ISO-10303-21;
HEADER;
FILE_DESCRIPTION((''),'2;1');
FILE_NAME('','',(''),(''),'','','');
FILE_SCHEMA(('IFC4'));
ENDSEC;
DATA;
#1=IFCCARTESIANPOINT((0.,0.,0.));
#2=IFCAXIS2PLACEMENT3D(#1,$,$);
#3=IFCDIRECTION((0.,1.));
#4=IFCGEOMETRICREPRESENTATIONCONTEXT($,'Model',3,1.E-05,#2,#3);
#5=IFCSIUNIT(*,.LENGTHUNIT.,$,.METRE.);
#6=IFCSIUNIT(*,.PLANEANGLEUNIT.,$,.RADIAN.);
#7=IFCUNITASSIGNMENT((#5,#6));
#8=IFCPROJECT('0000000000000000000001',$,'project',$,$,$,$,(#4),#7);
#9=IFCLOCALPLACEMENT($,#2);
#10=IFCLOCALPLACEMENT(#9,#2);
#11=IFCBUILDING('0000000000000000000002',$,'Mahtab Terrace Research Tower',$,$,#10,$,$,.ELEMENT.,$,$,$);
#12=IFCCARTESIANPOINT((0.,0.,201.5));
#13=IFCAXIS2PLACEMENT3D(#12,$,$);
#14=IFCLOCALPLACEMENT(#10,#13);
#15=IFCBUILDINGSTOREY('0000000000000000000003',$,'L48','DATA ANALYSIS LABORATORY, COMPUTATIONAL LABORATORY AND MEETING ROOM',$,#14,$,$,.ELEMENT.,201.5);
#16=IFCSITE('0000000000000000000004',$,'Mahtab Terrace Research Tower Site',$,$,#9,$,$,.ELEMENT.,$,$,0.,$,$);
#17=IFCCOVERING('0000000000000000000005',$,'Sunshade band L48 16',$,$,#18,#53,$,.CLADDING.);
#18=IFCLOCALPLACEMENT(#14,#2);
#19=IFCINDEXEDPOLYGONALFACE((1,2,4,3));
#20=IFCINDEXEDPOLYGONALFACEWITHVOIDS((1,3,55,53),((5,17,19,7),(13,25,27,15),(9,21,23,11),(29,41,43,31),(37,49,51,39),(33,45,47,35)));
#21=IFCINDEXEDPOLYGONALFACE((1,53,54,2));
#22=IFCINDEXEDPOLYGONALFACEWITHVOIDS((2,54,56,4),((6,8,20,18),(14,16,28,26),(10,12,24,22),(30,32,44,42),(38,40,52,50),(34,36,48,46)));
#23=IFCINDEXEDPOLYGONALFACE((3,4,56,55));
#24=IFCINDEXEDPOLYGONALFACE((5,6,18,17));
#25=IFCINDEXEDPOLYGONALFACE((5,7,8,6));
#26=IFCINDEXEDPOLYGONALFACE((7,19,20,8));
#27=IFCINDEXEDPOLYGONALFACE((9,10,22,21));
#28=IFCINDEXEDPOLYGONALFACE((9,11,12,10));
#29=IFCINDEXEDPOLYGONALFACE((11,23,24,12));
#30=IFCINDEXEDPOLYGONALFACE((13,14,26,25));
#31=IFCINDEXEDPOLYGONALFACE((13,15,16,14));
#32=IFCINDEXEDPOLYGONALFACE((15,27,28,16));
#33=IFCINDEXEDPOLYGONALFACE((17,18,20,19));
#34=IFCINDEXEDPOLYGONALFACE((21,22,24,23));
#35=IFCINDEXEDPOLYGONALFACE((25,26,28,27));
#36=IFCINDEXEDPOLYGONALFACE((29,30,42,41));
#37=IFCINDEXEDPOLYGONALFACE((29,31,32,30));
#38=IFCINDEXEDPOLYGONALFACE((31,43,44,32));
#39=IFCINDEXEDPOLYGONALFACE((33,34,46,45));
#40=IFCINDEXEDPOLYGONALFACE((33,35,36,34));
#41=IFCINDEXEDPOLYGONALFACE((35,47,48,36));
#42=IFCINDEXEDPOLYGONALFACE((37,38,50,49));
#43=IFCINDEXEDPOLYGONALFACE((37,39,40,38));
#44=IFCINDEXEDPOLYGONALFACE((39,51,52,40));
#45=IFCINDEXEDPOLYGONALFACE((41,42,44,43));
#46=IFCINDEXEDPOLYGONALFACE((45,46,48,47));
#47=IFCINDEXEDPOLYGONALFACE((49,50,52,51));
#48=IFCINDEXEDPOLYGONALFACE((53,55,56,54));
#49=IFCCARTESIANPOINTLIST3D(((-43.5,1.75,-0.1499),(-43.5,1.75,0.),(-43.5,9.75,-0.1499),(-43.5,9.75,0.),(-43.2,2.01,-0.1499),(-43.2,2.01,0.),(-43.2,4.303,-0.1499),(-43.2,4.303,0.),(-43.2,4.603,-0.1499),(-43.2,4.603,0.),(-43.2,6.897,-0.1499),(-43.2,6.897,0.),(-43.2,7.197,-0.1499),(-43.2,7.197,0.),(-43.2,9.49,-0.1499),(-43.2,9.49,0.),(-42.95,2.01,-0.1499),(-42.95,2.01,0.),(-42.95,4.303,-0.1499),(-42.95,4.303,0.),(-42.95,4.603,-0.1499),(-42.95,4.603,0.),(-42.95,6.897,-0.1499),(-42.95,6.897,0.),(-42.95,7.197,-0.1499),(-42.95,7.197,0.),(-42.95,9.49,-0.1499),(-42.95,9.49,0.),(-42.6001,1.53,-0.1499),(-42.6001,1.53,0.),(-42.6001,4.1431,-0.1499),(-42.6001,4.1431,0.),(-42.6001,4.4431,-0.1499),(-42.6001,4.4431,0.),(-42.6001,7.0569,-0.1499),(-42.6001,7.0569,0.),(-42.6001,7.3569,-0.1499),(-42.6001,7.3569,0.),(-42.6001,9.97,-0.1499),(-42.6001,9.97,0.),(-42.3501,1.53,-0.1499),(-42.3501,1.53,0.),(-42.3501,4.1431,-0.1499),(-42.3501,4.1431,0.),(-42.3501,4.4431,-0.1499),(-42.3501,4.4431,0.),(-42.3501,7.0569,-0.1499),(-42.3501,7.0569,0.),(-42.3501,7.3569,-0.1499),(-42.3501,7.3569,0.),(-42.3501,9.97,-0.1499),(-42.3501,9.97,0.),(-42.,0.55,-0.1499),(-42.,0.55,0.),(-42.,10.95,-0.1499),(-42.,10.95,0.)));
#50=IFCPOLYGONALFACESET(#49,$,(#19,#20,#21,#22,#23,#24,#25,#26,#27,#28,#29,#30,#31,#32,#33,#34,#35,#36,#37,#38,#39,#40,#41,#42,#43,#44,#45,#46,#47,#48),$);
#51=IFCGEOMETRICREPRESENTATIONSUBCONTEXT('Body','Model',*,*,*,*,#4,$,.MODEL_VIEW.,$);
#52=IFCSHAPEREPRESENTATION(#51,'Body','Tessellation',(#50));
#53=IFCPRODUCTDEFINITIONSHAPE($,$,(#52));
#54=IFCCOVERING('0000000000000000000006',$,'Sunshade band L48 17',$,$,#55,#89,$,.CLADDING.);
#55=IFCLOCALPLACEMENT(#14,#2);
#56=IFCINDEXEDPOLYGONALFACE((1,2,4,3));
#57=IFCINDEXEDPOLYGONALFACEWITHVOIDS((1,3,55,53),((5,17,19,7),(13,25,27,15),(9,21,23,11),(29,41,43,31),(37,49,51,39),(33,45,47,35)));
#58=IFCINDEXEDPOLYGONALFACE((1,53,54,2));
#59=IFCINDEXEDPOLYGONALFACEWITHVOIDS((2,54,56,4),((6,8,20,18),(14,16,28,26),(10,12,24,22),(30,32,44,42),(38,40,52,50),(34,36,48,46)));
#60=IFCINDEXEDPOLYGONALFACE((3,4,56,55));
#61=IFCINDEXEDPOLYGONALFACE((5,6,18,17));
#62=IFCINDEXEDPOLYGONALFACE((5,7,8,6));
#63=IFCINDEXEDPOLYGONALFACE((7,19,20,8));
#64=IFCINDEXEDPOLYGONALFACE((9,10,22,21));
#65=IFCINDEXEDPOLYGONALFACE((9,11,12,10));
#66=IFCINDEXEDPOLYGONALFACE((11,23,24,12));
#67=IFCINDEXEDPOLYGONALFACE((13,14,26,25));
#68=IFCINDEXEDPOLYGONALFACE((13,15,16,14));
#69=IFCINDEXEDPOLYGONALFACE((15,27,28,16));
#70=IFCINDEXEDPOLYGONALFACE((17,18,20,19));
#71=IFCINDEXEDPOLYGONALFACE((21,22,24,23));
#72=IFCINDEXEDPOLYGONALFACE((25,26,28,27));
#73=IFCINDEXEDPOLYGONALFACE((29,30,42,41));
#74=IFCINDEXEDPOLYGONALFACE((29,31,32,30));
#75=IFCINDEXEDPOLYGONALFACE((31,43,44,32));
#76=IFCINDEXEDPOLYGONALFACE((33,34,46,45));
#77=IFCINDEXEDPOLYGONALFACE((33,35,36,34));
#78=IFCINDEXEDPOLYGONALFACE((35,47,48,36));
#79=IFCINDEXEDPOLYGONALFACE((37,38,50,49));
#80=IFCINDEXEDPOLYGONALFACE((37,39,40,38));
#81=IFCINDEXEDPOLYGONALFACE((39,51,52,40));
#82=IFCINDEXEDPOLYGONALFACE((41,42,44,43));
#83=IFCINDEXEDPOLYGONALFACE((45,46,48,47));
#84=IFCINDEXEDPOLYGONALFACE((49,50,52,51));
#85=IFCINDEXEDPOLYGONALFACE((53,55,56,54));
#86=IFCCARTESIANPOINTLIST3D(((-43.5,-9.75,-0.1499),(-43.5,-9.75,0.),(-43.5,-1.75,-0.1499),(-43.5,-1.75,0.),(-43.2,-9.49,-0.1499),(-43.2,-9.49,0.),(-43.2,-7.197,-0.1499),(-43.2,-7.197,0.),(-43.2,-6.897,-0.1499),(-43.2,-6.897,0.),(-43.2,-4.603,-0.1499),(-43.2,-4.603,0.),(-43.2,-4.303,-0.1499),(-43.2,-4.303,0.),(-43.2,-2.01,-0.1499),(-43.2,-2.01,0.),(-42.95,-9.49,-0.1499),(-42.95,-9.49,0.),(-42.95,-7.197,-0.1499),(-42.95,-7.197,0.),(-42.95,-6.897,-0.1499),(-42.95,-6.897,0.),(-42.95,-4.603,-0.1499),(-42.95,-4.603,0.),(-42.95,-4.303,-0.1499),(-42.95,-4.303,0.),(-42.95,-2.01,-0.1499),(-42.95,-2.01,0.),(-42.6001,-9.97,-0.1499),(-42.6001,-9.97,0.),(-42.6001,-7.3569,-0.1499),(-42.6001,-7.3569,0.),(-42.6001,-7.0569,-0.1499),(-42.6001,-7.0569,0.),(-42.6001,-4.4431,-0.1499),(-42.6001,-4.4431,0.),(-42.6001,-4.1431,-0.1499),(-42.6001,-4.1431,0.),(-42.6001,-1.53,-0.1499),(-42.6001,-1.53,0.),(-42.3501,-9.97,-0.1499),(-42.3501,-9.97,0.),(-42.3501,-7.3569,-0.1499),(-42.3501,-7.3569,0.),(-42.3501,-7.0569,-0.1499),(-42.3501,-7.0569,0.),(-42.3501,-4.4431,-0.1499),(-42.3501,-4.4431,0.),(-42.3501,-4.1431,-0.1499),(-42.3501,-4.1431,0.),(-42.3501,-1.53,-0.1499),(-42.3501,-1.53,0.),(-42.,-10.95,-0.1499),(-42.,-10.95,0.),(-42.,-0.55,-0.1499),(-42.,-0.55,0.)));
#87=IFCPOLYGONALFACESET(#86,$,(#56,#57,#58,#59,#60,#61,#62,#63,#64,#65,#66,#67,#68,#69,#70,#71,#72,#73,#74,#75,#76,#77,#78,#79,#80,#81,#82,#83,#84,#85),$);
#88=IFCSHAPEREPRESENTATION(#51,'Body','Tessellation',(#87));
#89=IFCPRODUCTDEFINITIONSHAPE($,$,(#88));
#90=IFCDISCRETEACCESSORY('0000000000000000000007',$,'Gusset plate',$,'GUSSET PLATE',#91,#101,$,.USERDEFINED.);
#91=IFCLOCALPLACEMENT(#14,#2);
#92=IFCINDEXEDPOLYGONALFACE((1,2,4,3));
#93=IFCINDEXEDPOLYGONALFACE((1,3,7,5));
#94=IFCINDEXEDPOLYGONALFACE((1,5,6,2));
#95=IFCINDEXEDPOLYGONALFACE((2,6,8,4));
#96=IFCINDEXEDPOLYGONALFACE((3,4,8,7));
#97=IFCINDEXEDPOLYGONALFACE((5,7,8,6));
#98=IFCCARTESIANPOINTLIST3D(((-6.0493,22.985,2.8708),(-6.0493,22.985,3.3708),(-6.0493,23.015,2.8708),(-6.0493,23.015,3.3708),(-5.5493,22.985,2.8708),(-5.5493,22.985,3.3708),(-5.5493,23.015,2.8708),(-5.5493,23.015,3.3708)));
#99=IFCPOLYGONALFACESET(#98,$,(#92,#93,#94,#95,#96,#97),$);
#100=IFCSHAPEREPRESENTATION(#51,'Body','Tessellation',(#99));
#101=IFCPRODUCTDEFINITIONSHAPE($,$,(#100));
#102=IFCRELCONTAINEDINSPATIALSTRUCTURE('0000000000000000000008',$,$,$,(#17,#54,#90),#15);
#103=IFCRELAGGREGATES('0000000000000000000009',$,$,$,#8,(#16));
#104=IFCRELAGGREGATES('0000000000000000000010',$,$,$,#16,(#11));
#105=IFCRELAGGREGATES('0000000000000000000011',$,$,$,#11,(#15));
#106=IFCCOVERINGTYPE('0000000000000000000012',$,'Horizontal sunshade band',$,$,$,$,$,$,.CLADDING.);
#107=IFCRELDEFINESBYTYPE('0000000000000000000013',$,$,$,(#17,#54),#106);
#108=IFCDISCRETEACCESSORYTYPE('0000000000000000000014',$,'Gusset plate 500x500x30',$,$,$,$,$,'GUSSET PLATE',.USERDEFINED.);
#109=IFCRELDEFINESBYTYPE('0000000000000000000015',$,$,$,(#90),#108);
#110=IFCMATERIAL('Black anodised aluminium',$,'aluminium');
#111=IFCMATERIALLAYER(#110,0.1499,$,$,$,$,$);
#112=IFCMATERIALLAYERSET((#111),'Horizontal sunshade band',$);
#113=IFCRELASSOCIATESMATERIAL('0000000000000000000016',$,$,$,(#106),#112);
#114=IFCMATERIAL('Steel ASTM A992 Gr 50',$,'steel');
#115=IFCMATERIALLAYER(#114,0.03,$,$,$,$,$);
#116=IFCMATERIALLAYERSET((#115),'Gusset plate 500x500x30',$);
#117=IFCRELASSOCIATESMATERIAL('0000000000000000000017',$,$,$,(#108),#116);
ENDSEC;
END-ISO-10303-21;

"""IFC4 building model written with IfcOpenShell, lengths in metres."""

from ifc_helpers import new_model, si_unit, direction, frame, origin, origin_2d, place, context, subcontext, project, spatial, polyline, rectangle, outline, extrude, material, layer, layer_set, type_object, element, save


model = new_model("IFC4")

# Units and contexts
model_context = context("Model", 3, precision=1e-05, world=origin(), true_north=direction((0.0, 1.0)))
body_context = subcontext(model_context, "Body", "Model", "MODEL_VIEW")
ifc_project = project(units=[si_unit("LENGTHUNIT", "METRE"), si_unit("PLANEANGLEUNIT", "RADIAN")], contexts=[model_context])

# Site, building, storey
site_placement = place(None, origin())
site = spatial("IfcSite", under=ifc_project, at=site_placement, Name="Mahtab Terrace Research Tower Site", CompositionType="ELEMENT", RefElevation=0.0)
building_placement = place(site_placement, origin())
building = spatial("IfcBuilding", under=site, at=building_placement, Name="Mahtab Terrace Research Tower", CompositionType="ELEMENT")
storey_placement = place(building_placement, frame((0.0, 0.0, 201.5)))
storey = spatial("IfcBuildingStorey", under=building, at=storey_placement, Name="L48", Description="DATA ANALYSIS LABORATORY, COMPUTATIONAL LABORATORY AND MEETING ROOM", CompositionType="ELEMENT", Elevation=201.5)

# Shared definitions
ifc_material_1 = material(Name="Steel ASTM A992 Gr 50", Category="steel")

# Coverings
ifc_material_2 = material(Name="Black anodised aluminium", Category="aluminium")
ifc_layer_1 = layer(ifc_material_2, 0.1499)
ifc_layer_set_1 = layer_set([ifc_layer_1], Name="Horizontal sunshade band")
covering_type = type_object("IfcCoveringType", Name="Horizontal sunshade band", PredefinedType="CLADDING", material=ifc_layer_set_1)
covering_1_placement = place(storey_placement, frame((0.0, 0.0, -0.1499)))
element("IfcCovering", 1, at=covering_1_placement, inside=storey, type_object=covering_type, Name="Sunshade band L48 16", PredefinedType="CLADDING", context=body_context, shape_type="SweptSolid", body=[
    extrude(outline(polyline([(-42.0, 10.95), (-42.0, 0.55), (-43.5, 1.75), (-43.5, 9.75), (-42.0, 10.95)]), holes=[polyline([(-42.3501, 9.97), (-42.3501, 7.3569), (-42.6001, 7.3569), (-42.6001, 9.97), (-42.3501, 9.97)]), polyline([(-42.3501, 7.0569), (-42.3501, 4.4431), (-42.6001, 4.4431), (-42.6001, 7.0569), (-42.3501, 7.0569)]), polyline([(-42.3501, 4.1431), (-42.3501, 1.53), (-42.6001, 1.53), (-42.6001, 4.1431), (-42.3501, 4.1431)]), polyline([(-42.95, 9.49), (-42.95, 7.197), (-43.2, 7.197), (-43.2, 9.49), (-42.95, 9.49)]), polyline([(-42.95, 6.897), (-42.95, 4.603), (-43.2, 4.603), (-43.2, 6.897), (-42.95, 6.897)]), polyline([(-42.95, 4.303), (-42.95, 2.01), (-43.2, 2.01), (-43.2, 4.303), (-42.95, 4.303)])]), origin(), (0.0, 0.0, 1.0), 0.1499),
])
covering_2_placement = place(storey_placement, frame((0.0, 0.0, -0.1499)))
element("IfcCovering", 2, at=covering_2_placement, inside=storey, type_object=covering_type, Name="Sunshade band L48 17", PredefinedType="CLADDING", context=body_context, shape_type="SweptSolid", body=[
    extrude(outline(polyline([(-42.0, -0.55), (-42.0, -10.95), (-43.5, -9.75), (-43.5, -1.75), (-42.0, -0.55)]), holes=[polyline([(-42.3501, -1.53), (-42.3501, -4.1431), (-42.6001, -4.1431), (-42.6001, -1.53), (-42.3501, -1.53)]), polyline([(-42.3501, -4.4431), (-42.3501, -7.0569), (-42.6001, -7.0569), (-42.6001, -4.4431), (-42.3501, -4.4431)]), polyline([(-42.3501, -7.3569), (-42.3501, -9.97), (-42.6001, -9.97), (-42.6001, -7.3569), (-42.3501, -7.3569)]), polyline([(-42.95, -2.01), (-42.95, -4.303), (-43.2, -4.303), (-43.2, -2.01), (-42.95, -2.01)]), polyline([(-42.95, -4.603), (-42.95, -6.897), (-43.2, -6.897), (-43.2, -4.603), (-42.95, -4.603)]), polyline([(-42.95, -7.197), (-42.95, -9.49), (-43.2, -9.49), (-43.2, -7.197), (-42.95, -7.197)])]), origin(), (0.0, 0.0, 1.0), 0.1499),
])

# Discrete accessory
ifc_layer_2 = layer(ifc_material_1, 0.03)
ifc_layer_set_2 = layer_set([ifc_layer_2], Name="Gusset plate 500x500x30")
discrete_accessory_type = type_object("IfcDiscreteAccessoryType", Name="Gusset plate 500x500x30", ElementType="GUSSET PLATE", PredefinedType="USERDEFINED", material=ifc_layer_set_2)
discrete_accessory_placement = place(storey_placement, frame((-5.7993, 23.0, 2.8708), z_axis=(0.0, 0.0, 1.0), x_axis=(1.0, 0.0, 0.0)))
element("IfcDiscreteAccessory", 3, at=discrete_accessory_placement, inside=storey, type_object=discrete_accessory_type, Name="Gusset plate", ObjectType="GUSSET PLATE", PredefinedType="USERDEFINED", context=body_context, shape_type="SweptSolid", body=[
    extrude(rectangle(XDim=0.5, YDim=0.03, at=origin_2d()), origin(), (0.0, 0.0, 1.0), 0.5),
])

save(model, "model.ifc")
